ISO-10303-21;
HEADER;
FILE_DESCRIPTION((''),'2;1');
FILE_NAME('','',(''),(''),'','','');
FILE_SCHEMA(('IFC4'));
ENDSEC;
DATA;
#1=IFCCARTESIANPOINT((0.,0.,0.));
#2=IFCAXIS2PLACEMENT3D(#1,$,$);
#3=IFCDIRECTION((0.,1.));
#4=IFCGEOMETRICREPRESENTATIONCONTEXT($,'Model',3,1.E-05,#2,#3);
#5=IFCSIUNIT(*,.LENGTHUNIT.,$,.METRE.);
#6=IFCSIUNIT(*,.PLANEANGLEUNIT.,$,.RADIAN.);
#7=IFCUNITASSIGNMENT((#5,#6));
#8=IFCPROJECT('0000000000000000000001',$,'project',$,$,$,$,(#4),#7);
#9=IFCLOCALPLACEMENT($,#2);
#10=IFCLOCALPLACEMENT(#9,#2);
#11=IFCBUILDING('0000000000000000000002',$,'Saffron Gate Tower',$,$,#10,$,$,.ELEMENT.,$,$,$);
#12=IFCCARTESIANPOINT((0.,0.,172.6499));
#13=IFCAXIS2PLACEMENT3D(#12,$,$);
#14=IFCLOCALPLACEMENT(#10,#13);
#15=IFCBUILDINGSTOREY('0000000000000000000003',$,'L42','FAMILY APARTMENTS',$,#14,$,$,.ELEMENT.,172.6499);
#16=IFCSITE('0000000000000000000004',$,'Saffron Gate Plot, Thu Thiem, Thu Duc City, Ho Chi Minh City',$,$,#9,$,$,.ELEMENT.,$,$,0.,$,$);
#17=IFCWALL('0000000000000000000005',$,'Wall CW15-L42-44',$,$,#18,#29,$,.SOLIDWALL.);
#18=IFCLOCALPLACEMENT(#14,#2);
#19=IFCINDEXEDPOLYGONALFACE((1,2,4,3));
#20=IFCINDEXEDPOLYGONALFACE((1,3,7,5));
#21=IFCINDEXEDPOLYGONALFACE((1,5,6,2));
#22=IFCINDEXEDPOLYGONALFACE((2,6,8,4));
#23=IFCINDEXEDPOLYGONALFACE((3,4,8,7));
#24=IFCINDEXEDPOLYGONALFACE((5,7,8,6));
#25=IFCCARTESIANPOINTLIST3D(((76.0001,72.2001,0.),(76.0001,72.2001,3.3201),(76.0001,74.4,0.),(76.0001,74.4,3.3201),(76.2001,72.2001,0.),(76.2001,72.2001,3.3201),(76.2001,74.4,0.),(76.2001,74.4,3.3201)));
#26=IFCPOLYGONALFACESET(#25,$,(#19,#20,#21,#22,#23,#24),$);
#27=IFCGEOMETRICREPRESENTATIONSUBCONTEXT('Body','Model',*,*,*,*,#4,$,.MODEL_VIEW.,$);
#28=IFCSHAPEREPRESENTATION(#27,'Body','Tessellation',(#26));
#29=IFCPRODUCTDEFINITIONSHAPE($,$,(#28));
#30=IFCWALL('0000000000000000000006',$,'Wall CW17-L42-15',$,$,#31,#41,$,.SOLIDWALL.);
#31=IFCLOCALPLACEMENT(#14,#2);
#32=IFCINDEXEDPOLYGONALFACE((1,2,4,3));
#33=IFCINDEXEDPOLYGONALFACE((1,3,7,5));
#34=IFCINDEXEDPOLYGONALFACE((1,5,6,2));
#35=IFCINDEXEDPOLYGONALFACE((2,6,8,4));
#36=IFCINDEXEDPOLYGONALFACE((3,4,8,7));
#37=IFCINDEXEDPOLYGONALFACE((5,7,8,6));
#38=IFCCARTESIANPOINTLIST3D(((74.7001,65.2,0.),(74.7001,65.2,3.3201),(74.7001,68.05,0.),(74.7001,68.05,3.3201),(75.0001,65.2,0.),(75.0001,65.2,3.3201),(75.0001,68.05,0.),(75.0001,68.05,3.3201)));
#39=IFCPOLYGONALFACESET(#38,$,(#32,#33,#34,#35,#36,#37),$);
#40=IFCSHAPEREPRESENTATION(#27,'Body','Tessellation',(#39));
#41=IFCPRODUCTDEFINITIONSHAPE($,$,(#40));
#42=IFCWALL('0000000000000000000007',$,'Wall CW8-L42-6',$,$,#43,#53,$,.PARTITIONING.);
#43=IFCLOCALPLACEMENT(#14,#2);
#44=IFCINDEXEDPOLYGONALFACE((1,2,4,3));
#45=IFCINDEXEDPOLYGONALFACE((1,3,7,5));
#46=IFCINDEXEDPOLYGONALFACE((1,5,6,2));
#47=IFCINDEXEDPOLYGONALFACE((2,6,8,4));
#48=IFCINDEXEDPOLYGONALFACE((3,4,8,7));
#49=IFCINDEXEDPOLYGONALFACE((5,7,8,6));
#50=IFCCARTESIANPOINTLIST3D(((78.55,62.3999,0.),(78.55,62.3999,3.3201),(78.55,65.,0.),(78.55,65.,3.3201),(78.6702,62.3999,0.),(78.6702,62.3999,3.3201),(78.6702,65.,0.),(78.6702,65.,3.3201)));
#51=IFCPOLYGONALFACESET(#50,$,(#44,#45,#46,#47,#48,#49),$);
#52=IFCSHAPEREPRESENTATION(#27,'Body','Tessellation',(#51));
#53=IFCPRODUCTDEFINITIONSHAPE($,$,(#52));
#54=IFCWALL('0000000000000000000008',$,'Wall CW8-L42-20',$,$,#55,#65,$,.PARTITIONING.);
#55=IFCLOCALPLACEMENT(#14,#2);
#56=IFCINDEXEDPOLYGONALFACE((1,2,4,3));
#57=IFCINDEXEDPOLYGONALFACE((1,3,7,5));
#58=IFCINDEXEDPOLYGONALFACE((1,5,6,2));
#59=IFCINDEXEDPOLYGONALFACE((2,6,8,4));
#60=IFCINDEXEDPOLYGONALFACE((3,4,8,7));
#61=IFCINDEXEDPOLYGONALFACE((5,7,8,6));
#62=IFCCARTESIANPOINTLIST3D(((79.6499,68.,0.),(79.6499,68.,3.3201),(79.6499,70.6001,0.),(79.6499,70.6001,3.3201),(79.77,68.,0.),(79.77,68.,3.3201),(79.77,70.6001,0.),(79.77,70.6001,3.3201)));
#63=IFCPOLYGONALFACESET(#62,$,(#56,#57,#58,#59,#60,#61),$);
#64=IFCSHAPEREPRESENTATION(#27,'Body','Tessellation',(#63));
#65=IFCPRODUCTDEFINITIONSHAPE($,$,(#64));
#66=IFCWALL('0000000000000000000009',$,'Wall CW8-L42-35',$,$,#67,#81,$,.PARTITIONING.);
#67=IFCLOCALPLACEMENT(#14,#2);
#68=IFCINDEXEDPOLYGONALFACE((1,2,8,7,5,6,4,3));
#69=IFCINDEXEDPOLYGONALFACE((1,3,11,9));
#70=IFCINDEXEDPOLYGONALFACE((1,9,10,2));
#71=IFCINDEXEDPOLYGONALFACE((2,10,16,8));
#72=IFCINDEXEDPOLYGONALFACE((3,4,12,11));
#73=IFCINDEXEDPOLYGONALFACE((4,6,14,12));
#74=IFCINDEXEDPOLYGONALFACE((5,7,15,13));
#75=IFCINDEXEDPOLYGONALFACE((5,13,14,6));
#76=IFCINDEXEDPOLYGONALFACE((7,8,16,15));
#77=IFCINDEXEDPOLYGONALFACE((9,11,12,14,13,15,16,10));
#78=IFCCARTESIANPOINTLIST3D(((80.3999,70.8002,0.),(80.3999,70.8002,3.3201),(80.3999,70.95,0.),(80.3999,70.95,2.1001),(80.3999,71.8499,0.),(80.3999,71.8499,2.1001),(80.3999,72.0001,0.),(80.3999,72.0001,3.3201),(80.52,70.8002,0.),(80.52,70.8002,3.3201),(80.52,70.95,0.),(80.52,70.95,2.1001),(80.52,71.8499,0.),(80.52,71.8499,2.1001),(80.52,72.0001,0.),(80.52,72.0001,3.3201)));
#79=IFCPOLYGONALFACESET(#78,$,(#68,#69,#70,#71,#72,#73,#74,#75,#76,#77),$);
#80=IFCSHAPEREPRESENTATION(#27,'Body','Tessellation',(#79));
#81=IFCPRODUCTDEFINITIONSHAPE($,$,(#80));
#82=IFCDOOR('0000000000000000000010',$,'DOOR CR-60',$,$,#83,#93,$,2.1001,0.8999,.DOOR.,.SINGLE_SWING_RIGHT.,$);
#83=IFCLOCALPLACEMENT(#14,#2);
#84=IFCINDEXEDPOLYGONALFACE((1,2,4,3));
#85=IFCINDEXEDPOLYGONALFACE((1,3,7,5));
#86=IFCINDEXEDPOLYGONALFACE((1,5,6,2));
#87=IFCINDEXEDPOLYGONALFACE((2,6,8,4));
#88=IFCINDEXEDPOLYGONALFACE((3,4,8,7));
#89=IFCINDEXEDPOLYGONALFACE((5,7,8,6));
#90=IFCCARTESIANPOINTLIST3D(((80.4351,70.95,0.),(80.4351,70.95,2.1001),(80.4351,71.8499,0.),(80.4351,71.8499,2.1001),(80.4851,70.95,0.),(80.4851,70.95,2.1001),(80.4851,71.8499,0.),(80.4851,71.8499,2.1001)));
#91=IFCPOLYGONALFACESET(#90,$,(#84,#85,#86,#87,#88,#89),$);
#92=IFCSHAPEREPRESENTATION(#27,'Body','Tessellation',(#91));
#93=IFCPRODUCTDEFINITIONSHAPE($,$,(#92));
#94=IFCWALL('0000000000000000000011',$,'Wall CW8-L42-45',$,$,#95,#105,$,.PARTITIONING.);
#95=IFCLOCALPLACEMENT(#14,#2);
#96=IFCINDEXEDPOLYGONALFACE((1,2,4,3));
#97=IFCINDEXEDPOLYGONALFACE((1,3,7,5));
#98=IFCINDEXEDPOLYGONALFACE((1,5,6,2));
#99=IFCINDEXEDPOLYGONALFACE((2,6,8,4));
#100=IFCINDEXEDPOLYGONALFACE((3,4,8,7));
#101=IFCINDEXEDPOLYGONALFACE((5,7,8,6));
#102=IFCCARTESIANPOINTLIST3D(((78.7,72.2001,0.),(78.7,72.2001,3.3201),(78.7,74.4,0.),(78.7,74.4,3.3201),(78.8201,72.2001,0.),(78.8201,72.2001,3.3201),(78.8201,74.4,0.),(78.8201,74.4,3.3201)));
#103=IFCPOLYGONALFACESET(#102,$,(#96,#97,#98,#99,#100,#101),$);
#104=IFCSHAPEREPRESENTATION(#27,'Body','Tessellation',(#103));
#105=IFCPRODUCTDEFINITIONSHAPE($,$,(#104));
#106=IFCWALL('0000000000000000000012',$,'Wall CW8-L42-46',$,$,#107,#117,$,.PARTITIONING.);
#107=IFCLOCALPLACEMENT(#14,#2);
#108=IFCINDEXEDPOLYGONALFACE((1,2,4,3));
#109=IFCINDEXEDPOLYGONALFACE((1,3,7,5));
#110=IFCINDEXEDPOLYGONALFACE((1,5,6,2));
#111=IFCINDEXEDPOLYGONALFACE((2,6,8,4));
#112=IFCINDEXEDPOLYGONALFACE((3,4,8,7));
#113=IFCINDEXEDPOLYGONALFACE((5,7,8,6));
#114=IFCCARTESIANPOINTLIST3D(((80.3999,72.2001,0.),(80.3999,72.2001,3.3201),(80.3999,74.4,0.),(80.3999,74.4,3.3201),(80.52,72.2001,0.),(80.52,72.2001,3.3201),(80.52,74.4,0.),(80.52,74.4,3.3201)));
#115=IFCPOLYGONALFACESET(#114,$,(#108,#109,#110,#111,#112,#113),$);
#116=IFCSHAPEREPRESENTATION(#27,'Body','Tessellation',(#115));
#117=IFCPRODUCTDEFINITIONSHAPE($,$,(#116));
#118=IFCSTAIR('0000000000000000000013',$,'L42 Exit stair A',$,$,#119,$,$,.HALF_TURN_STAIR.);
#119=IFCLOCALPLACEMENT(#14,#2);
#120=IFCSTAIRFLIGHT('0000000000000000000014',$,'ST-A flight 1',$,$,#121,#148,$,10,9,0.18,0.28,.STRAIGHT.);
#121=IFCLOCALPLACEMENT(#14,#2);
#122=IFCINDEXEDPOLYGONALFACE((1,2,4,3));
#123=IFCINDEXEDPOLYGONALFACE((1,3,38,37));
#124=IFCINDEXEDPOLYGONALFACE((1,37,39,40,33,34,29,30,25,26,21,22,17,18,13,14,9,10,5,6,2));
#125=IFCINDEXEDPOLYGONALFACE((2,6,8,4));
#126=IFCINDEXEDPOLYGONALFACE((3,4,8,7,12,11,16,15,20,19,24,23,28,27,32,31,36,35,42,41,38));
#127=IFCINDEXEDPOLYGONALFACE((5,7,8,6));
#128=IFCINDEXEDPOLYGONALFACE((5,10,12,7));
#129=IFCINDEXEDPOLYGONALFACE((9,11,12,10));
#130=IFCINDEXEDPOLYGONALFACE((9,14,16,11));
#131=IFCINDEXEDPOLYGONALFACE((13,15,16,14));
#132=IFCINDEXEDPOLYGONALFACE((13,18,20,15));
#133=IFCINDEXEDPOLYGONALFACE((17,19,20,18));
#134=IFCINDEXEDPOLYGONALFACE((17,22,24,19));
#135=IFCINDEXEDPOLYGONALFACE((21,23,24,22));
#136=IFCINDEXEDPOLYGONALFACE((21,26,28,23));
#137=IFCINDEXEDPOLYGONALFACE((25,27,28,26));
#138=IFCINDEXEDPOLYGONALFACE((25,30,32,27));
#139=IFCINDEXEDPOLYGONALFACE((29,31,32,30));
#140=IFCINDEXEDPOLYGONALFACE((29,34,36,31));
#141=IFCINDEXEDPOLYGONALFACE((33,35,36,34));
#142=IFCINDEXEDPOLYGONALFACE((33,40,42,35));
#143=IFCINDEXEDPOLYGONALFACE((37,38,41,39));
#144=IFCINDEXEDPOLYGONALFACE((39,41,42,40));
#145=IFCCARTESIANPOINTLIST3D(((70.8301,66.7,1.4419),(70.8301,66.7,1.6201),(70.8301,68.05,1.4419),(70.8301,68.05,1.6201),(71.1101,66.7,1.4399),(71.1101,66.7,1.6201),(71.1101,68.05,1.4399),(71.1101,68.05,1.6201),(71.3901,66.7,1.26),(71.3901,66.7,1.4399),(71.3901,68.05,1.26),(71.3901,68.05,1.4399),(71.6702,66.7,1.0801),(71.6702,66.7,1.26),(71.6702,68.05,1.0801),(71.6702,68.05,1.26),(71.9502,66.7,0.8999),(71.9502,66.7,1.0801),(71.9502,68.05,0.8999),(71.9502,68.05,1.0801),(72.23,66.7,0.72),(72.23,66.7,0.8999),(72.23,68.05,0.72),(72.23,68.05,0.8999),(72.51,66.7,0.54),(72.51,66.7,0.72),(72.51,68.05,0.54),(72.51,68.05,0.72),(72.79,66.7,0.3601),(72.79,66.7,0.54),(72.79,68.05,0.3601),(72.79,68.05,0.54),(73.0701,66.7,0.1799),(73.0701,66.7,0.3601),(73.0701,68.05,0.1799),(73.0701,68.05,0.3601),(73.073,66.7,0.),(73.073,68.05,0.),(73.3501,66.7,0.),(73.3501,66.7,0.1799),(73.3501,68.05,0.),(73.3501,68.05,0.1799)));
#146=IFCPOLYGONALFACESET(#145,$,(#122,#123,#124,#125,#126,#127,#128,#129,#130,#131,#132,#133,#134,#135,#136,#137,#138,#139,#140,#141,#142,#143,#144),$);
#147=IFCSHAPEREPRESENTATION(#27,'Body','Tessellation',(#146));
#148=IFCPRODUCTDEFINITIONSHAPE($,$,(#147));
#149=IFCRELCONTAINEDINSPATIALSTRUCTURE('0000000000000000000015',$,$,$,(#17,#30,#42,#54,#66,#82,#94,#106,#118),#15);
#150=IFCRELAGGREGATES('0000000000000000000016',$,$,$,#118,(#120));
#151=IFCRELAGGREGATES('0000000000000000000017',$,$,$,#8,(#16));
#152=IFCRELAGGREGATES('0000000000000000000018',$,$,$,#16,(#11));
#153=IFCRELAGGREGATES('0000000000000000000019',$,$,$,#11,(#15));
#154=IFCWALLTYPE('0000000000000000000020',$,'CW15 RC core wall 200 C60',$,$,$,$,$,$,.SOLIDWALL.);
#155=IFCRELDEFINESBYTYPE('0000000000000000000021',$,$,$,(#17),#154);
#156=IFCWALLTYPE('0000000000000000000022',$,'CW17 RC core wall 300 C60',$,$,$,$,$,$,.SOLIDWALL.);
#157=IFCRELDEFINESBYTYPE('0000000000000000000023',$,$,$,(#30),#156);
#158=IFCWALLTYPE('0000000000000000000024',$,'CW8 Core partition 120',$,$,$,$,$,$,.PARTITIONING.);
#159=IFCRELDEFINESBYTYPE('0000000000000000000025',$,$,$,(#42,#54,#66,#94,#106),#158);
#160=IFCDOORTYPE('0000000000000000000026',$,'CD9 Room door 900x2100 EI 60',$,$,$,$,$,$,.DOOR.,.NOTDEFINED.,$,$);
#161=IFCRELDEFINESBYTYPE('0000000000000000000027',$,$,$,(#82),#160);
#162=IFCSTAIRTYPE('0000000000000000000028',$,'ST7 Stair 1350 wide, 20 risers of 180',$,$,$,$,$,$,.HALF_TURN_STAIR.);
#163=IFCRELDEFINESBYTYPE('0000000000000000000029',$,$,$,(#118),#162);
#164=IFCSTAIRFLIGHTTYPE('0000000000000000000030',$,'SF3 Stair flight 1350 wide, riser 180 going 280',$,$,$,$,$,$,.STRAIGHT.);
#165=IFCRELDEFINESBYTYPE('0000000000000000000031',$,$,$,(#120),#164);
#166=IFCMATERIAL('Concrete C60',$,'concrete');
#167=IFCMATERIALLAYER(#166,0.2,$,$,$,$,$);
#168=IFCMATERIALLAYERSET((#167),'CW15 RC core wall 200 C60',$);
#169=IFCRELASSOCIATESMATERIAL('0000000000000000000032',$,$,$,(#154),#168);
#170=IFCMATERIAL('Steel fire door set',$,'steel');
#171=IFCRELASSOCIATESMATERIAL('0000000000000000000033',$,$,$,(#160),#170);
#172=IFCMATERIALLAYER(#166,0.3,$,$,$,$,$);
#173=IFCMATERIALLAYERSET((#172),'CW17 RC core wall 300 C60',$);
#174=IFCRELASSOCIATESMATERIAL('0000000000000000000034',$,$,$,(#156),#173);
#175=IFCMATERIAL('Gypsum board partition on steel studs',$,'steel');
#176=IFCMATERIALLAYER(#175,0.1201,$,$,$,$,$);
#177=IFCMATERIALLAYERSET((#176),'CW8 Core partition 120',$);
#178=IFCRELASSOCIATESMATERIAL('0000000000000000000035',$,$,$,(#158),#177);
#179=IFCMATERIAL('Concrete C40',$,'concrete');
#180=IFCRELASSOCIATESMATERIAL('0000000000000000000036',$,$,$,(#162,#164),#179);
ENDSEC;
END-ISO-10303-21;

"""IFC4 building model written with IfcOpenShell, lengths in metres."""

from ifc_helpers import new_model, si_unit, direction, frame, frame_2d, origin, place, context, subcontext, project, spatial, polyline, rectangle, outline, extrude, material, layer, layer_set, type_object, element, fill, aggregate, save


model = new_model("IFC4")

# Units and contexts
model_context = context("Model", 3, precision=1e-05, world=origin(), true_north=direction((0.0, 1.0)))
body_context = subcontext(model_context, "Body", "Model", "MODEL_VIEW")
ifc_project = project(units=[si_unit("LENGTHUNIT", "METRE"), si_unit("PLANEANGLEUNIT", "RADIAN")], contexts=[model_context])

# Site, building, storey
site_placement = place(None, origin())
site = spatial("IfcSite", under=ifc_project, at=site_placement, Name="Saffron Gate Plot, Thu Thiem, Thu Duc City, Ho Chi Minh City", CompositionType="ELEMENT", RefElevation=0.0)
building_placement = place(site_placement, origin())
building = spatial("IfcBuilding", under=site, at=building_placement, Name="Saffron Gate Tower", CompositionType="ELEMENT")
storey_placement = place(building_placement, frame((0.0, 0.0, 172.6499)))
storey = spatial("IfcBuildingStorey", under=building, at=storey_placement, Name="L42", Description="FAMILY APARTMENTS", CompositionType="ELEMENT", Elevation=172.6499)

# Shared definitions
ifc_material_1 = material(Name="Concrete C60", Category="concrete")

# Shared definitions
ifc_layer_1 = layer(ifc_material_1, 0.2)
ifc_layer_set_1 = layer_set([ifc_layer_1], Name="CW15 RC core wall 200 C60")
wall_type_1 = type_object("IfcWallType", Name="CW15 RC core wall 200 C60", PredefinedType="SOLIDWALL", material=ifc_layer_set_1)
ifc_material_2 = material(Name="Steel fire door set", Category="steel")
door_type_1 = type_object("IfcDoorType", Name="CD9 Room door 900x2100 EI 60", OperationType="NOTDEFINED", PredefinedType="DOOR", material=ifc_material_2)

# Walls
wall_1_placement = place(storey_placement, frame((76.1001, 72.2, 0.0), z_axis=(0.0, 0.0, 1.0), x_axis=(0.0, 1.0, 0.0)))
element("IfcWall", 1, at=wall_1_placement, inside=storey, type_object=wall_type_1, Name="Wall CW15-L42-44", PredefinedType="SOLIDWALL", context=body_context, shape_type="SweptSolid", body=[
    extrude(rectangle(XDim=2.2, YDim=0.2, at=frame_2d((1.1001, 0.0))), origin(), (0.0, 0.0, 1.0), 3.3201),
])
ifc_layer_2 = layer(ifc_material_1, 0.3)
ifc_layer_set_2 = layer_set([ifc_layer_2], Name="CW17 RC core wall 300 C60")
wall_type_2 = type_object("IfcWallType", Name="CW17 RC core wall 300 C60", PredefinedType="SOLIDWALL", material=ifc_layer_set_2)
wall_2_placement = place(storey_placement, frame((74.8501, 65.2, 0.0), z_axis=(0.0, 0.0, 1.0), x_axis=(0.0, 1.0, 0.0)))
element("IfcWall", 2, at=wall_2_placement, inside=storey, type_object=wall_type_2, Name="Wall CW17-L42-15", PredefinedType="SOLIDWALL", context=body_context, shape_type="SweptSolid", body=[
    extrude(rectangle(XDim=2.8501, YDim=0.3, at=frame_2d((1.425, 0.0))), origin(), (0.0, 0.0, 1.0), 3.3201),
])
ifc_material_3 = material(Name="Gypsum board partition on steel studs", Category="steel")
ifc_layer_3 = layer(ifc_material_3, 0.1201)
ifc_layer_set_3 = layer_set([ifc_layer_3], Name="CW8 Core partition 120")
wall_type_3 = type_object("IfcWallType", Name="CW8 Core partition 120", PredefinedType="PARTITIONING", material=ifc_layer_set_3)
for number, where, z_axis, x_axis, name in (
    (3, (78.6101, 62.3999, 0.0), (0.0, 0.0, 1.0), (0.0, 1.0, 0.0), "Wall CW8-L42-6"),
    (4, (79.71, 68.0, 0.0), (0.0, 0.0, 1.0), (0.0, 1.0, 0.0), "Wall CW8-L42-20"),
):
    element("IfcWall", number, at=place(storey_placement, frame(where, z_axis=z_axis, x_axis=x_axis)), inside=storey, type_object=wall_type_3, Name=name, PredefinedType="PARTITIONING", context=body_context, shape_type="SweptSolid", body=[
        extrude(rectangle(XDim=2.6001, YDim=0.1201, at=frame_2d((1.3, 0.0))), origin(), (0.0, 0.0, 1.0), 3.3201),
    ])

# Wall, opening, door
wall_3_placement = place(storey_placement, frame((80.46, 70.8, 0.0), z_axis=(0.0, 0.0, 1.0), x_axis=(0.0, 1.0, 0.0)))
wall_3 = element("IfcWall", 5, at=wall_3_placement, inside=storey, type_object=wall_type_3, Name="Wall CW8-L42-35", PredefinedType="PARTITIONING", context=body_context, shape_type="SweptSolid", body=[
    extrude(rectangle(XDim=1.2, YDim=0.1201, at=frame_2d((0.6001, 0.0))), origin(), (0.0, 0.0, 1.0), 3.3201),
])
opening_1_placement = place(wall_3_placement, frame((0.1499, 0.0, 0.0)))
opening_1 = element("IfcOpeningElement", 6, at=opening_1_placement, cuts=wall_3, PredefinedType="OPENING", context=body_context, shape_type="SweptSolid", body=[
    extrude(rectangle(XDim=0.8999, YDim=2.1001, at=frame_2d((0.45, 1.05))), frame((0.0, 0.0701, 0.0), z_axis=(0.0, -1.0, 0.0), x_axis=(1.0, 0.0, 0.0)), (0.0, 0.0, 1.0), 0.1401),
])
door_1_placement = place(opening_1_placement, origin())
door_1 = element("IfcDoor", 7, at=door_1_placement, inside=storey, type_object=door_type_1, Name="DOOR CR-60", OperationType="SINGLE_SWING_RIGHT", OverallHeight=2.1001, OverallWidth=0.8999, PredefinedType="DOOR", context=body_context, shape_type="SweptSolid", body=[
    extrude(rectangle(XDim=0.8999, YDim=2.1001, at=frame_2d((0.45, 1.05))), frame((0.0, 0.0249, 0.0), z_axis=(0.0, -1.0, 0.0), x_axis=(1.0, 0.0, 0.0)), (0.0, 0.0, 1.0), 0.05),
])
fill(opening_1, door_1)

# Walls
for number, where, z_axis, x_axis, name in (
    (8, (78.76, 72.2, 0.0), (0.0, 0.0, 1.0), (0.0, 1.0, 0.0), "Wall CW8-L42-45"),
    (9, (80.46, 72.2, 0.0), (0.0, 0.0, 1.0), (0.0, 1.0, 0.0), "Wall CW8-L42-46"),
):
    element("IfcWall", number, at=place(storey_placement, frame(where, z_axis=z_axis, x_axis=x_axis)), inside=storey, type_object=wall_type_3, Name=name, PredefinedType="PARTITIONING", context=body_context, shape_type="SweptSolid", body=[
        extrude(rectangle(XDim=2.2, YDim=0.1201, at=frame_2d((1.1001, 0.0))), origin(), (0.0, 0.0, 1.0), 3.3201),
    ])

# Stair, stair flight
ifc_material_4 = material(Name="Concrete C40", Category="concrete")
stair_type = type_object("IfcStairType", Name="ST7 Stair 1350 wide, 20 risers of 180", PredefinedType="HALF_TURN_STAIR", material=ifc_material_4)
stair_placement = place(storey_placement, origin())
stair = element("IfcStair", 10, at=stair_placement, inside=storey, type_object=stair_type, Name="L42 Exit stair A", PredefinedType="HALF_TURN_STAIR")
stair_flight_type = type_object("IfcStairFlightType", Name="SF3 Stair flight 1350 wide, riser 180 going 280", PredefinedType="STRAIGHT", material=ifc_material_4)
stair_flight_placement = place(storey_placement, frame((73.3501, 67.375, 0.0), z_axis=(0.0, 0.0, 1.0), x_axis=(-1.0, 0.0, 0.0)))
stair_flight = element("IfcStairFlight", 11, at=stair_flight_placement, type_object=stair_flight_type, Name="ST-A flight 1", NumberOfRisers=10, NumberOfTreads=9, PredefinedType="STRAIGHT", RiserHeight=0.18, TreadLength=0.28, context=body_context, shape_type="SweptSolid", body=[
    extrude(outline(polyline([(0.0, 0.0), (0.0, 0.1799), (0.28, 0.1799), (0.28, 0.3601), (0.5601, 0.3601), (0.5601, 0.54), (0.8401, 0.54), (0.8401, 0.72), (1.1201, 0.72), (1.1201, 0.8999), (1.3999, 0.8999), (1.3999, 1.0801), (1.6799, 1.0801), (1.6799, 1.26), (1.96, 1.26), (1.96, 1.4399), (2.24, 1.4399), (2.24, 1.6201), (2.52, 1.6201), (2.52, 1.8), (2.52, 1.4419), (0.2771, 0.0), (0.0, 0.0)])), frame((0.0, 0.675, 0.0), z_axis=(0.0, -1.0, 0.0), x_axis=(1.0, 0.0, 0.0)), (0.0, 0.0, 1.0), 1.3501),
])
aggregate(stair, [stair_flight])

save(model, "model.ifc")
